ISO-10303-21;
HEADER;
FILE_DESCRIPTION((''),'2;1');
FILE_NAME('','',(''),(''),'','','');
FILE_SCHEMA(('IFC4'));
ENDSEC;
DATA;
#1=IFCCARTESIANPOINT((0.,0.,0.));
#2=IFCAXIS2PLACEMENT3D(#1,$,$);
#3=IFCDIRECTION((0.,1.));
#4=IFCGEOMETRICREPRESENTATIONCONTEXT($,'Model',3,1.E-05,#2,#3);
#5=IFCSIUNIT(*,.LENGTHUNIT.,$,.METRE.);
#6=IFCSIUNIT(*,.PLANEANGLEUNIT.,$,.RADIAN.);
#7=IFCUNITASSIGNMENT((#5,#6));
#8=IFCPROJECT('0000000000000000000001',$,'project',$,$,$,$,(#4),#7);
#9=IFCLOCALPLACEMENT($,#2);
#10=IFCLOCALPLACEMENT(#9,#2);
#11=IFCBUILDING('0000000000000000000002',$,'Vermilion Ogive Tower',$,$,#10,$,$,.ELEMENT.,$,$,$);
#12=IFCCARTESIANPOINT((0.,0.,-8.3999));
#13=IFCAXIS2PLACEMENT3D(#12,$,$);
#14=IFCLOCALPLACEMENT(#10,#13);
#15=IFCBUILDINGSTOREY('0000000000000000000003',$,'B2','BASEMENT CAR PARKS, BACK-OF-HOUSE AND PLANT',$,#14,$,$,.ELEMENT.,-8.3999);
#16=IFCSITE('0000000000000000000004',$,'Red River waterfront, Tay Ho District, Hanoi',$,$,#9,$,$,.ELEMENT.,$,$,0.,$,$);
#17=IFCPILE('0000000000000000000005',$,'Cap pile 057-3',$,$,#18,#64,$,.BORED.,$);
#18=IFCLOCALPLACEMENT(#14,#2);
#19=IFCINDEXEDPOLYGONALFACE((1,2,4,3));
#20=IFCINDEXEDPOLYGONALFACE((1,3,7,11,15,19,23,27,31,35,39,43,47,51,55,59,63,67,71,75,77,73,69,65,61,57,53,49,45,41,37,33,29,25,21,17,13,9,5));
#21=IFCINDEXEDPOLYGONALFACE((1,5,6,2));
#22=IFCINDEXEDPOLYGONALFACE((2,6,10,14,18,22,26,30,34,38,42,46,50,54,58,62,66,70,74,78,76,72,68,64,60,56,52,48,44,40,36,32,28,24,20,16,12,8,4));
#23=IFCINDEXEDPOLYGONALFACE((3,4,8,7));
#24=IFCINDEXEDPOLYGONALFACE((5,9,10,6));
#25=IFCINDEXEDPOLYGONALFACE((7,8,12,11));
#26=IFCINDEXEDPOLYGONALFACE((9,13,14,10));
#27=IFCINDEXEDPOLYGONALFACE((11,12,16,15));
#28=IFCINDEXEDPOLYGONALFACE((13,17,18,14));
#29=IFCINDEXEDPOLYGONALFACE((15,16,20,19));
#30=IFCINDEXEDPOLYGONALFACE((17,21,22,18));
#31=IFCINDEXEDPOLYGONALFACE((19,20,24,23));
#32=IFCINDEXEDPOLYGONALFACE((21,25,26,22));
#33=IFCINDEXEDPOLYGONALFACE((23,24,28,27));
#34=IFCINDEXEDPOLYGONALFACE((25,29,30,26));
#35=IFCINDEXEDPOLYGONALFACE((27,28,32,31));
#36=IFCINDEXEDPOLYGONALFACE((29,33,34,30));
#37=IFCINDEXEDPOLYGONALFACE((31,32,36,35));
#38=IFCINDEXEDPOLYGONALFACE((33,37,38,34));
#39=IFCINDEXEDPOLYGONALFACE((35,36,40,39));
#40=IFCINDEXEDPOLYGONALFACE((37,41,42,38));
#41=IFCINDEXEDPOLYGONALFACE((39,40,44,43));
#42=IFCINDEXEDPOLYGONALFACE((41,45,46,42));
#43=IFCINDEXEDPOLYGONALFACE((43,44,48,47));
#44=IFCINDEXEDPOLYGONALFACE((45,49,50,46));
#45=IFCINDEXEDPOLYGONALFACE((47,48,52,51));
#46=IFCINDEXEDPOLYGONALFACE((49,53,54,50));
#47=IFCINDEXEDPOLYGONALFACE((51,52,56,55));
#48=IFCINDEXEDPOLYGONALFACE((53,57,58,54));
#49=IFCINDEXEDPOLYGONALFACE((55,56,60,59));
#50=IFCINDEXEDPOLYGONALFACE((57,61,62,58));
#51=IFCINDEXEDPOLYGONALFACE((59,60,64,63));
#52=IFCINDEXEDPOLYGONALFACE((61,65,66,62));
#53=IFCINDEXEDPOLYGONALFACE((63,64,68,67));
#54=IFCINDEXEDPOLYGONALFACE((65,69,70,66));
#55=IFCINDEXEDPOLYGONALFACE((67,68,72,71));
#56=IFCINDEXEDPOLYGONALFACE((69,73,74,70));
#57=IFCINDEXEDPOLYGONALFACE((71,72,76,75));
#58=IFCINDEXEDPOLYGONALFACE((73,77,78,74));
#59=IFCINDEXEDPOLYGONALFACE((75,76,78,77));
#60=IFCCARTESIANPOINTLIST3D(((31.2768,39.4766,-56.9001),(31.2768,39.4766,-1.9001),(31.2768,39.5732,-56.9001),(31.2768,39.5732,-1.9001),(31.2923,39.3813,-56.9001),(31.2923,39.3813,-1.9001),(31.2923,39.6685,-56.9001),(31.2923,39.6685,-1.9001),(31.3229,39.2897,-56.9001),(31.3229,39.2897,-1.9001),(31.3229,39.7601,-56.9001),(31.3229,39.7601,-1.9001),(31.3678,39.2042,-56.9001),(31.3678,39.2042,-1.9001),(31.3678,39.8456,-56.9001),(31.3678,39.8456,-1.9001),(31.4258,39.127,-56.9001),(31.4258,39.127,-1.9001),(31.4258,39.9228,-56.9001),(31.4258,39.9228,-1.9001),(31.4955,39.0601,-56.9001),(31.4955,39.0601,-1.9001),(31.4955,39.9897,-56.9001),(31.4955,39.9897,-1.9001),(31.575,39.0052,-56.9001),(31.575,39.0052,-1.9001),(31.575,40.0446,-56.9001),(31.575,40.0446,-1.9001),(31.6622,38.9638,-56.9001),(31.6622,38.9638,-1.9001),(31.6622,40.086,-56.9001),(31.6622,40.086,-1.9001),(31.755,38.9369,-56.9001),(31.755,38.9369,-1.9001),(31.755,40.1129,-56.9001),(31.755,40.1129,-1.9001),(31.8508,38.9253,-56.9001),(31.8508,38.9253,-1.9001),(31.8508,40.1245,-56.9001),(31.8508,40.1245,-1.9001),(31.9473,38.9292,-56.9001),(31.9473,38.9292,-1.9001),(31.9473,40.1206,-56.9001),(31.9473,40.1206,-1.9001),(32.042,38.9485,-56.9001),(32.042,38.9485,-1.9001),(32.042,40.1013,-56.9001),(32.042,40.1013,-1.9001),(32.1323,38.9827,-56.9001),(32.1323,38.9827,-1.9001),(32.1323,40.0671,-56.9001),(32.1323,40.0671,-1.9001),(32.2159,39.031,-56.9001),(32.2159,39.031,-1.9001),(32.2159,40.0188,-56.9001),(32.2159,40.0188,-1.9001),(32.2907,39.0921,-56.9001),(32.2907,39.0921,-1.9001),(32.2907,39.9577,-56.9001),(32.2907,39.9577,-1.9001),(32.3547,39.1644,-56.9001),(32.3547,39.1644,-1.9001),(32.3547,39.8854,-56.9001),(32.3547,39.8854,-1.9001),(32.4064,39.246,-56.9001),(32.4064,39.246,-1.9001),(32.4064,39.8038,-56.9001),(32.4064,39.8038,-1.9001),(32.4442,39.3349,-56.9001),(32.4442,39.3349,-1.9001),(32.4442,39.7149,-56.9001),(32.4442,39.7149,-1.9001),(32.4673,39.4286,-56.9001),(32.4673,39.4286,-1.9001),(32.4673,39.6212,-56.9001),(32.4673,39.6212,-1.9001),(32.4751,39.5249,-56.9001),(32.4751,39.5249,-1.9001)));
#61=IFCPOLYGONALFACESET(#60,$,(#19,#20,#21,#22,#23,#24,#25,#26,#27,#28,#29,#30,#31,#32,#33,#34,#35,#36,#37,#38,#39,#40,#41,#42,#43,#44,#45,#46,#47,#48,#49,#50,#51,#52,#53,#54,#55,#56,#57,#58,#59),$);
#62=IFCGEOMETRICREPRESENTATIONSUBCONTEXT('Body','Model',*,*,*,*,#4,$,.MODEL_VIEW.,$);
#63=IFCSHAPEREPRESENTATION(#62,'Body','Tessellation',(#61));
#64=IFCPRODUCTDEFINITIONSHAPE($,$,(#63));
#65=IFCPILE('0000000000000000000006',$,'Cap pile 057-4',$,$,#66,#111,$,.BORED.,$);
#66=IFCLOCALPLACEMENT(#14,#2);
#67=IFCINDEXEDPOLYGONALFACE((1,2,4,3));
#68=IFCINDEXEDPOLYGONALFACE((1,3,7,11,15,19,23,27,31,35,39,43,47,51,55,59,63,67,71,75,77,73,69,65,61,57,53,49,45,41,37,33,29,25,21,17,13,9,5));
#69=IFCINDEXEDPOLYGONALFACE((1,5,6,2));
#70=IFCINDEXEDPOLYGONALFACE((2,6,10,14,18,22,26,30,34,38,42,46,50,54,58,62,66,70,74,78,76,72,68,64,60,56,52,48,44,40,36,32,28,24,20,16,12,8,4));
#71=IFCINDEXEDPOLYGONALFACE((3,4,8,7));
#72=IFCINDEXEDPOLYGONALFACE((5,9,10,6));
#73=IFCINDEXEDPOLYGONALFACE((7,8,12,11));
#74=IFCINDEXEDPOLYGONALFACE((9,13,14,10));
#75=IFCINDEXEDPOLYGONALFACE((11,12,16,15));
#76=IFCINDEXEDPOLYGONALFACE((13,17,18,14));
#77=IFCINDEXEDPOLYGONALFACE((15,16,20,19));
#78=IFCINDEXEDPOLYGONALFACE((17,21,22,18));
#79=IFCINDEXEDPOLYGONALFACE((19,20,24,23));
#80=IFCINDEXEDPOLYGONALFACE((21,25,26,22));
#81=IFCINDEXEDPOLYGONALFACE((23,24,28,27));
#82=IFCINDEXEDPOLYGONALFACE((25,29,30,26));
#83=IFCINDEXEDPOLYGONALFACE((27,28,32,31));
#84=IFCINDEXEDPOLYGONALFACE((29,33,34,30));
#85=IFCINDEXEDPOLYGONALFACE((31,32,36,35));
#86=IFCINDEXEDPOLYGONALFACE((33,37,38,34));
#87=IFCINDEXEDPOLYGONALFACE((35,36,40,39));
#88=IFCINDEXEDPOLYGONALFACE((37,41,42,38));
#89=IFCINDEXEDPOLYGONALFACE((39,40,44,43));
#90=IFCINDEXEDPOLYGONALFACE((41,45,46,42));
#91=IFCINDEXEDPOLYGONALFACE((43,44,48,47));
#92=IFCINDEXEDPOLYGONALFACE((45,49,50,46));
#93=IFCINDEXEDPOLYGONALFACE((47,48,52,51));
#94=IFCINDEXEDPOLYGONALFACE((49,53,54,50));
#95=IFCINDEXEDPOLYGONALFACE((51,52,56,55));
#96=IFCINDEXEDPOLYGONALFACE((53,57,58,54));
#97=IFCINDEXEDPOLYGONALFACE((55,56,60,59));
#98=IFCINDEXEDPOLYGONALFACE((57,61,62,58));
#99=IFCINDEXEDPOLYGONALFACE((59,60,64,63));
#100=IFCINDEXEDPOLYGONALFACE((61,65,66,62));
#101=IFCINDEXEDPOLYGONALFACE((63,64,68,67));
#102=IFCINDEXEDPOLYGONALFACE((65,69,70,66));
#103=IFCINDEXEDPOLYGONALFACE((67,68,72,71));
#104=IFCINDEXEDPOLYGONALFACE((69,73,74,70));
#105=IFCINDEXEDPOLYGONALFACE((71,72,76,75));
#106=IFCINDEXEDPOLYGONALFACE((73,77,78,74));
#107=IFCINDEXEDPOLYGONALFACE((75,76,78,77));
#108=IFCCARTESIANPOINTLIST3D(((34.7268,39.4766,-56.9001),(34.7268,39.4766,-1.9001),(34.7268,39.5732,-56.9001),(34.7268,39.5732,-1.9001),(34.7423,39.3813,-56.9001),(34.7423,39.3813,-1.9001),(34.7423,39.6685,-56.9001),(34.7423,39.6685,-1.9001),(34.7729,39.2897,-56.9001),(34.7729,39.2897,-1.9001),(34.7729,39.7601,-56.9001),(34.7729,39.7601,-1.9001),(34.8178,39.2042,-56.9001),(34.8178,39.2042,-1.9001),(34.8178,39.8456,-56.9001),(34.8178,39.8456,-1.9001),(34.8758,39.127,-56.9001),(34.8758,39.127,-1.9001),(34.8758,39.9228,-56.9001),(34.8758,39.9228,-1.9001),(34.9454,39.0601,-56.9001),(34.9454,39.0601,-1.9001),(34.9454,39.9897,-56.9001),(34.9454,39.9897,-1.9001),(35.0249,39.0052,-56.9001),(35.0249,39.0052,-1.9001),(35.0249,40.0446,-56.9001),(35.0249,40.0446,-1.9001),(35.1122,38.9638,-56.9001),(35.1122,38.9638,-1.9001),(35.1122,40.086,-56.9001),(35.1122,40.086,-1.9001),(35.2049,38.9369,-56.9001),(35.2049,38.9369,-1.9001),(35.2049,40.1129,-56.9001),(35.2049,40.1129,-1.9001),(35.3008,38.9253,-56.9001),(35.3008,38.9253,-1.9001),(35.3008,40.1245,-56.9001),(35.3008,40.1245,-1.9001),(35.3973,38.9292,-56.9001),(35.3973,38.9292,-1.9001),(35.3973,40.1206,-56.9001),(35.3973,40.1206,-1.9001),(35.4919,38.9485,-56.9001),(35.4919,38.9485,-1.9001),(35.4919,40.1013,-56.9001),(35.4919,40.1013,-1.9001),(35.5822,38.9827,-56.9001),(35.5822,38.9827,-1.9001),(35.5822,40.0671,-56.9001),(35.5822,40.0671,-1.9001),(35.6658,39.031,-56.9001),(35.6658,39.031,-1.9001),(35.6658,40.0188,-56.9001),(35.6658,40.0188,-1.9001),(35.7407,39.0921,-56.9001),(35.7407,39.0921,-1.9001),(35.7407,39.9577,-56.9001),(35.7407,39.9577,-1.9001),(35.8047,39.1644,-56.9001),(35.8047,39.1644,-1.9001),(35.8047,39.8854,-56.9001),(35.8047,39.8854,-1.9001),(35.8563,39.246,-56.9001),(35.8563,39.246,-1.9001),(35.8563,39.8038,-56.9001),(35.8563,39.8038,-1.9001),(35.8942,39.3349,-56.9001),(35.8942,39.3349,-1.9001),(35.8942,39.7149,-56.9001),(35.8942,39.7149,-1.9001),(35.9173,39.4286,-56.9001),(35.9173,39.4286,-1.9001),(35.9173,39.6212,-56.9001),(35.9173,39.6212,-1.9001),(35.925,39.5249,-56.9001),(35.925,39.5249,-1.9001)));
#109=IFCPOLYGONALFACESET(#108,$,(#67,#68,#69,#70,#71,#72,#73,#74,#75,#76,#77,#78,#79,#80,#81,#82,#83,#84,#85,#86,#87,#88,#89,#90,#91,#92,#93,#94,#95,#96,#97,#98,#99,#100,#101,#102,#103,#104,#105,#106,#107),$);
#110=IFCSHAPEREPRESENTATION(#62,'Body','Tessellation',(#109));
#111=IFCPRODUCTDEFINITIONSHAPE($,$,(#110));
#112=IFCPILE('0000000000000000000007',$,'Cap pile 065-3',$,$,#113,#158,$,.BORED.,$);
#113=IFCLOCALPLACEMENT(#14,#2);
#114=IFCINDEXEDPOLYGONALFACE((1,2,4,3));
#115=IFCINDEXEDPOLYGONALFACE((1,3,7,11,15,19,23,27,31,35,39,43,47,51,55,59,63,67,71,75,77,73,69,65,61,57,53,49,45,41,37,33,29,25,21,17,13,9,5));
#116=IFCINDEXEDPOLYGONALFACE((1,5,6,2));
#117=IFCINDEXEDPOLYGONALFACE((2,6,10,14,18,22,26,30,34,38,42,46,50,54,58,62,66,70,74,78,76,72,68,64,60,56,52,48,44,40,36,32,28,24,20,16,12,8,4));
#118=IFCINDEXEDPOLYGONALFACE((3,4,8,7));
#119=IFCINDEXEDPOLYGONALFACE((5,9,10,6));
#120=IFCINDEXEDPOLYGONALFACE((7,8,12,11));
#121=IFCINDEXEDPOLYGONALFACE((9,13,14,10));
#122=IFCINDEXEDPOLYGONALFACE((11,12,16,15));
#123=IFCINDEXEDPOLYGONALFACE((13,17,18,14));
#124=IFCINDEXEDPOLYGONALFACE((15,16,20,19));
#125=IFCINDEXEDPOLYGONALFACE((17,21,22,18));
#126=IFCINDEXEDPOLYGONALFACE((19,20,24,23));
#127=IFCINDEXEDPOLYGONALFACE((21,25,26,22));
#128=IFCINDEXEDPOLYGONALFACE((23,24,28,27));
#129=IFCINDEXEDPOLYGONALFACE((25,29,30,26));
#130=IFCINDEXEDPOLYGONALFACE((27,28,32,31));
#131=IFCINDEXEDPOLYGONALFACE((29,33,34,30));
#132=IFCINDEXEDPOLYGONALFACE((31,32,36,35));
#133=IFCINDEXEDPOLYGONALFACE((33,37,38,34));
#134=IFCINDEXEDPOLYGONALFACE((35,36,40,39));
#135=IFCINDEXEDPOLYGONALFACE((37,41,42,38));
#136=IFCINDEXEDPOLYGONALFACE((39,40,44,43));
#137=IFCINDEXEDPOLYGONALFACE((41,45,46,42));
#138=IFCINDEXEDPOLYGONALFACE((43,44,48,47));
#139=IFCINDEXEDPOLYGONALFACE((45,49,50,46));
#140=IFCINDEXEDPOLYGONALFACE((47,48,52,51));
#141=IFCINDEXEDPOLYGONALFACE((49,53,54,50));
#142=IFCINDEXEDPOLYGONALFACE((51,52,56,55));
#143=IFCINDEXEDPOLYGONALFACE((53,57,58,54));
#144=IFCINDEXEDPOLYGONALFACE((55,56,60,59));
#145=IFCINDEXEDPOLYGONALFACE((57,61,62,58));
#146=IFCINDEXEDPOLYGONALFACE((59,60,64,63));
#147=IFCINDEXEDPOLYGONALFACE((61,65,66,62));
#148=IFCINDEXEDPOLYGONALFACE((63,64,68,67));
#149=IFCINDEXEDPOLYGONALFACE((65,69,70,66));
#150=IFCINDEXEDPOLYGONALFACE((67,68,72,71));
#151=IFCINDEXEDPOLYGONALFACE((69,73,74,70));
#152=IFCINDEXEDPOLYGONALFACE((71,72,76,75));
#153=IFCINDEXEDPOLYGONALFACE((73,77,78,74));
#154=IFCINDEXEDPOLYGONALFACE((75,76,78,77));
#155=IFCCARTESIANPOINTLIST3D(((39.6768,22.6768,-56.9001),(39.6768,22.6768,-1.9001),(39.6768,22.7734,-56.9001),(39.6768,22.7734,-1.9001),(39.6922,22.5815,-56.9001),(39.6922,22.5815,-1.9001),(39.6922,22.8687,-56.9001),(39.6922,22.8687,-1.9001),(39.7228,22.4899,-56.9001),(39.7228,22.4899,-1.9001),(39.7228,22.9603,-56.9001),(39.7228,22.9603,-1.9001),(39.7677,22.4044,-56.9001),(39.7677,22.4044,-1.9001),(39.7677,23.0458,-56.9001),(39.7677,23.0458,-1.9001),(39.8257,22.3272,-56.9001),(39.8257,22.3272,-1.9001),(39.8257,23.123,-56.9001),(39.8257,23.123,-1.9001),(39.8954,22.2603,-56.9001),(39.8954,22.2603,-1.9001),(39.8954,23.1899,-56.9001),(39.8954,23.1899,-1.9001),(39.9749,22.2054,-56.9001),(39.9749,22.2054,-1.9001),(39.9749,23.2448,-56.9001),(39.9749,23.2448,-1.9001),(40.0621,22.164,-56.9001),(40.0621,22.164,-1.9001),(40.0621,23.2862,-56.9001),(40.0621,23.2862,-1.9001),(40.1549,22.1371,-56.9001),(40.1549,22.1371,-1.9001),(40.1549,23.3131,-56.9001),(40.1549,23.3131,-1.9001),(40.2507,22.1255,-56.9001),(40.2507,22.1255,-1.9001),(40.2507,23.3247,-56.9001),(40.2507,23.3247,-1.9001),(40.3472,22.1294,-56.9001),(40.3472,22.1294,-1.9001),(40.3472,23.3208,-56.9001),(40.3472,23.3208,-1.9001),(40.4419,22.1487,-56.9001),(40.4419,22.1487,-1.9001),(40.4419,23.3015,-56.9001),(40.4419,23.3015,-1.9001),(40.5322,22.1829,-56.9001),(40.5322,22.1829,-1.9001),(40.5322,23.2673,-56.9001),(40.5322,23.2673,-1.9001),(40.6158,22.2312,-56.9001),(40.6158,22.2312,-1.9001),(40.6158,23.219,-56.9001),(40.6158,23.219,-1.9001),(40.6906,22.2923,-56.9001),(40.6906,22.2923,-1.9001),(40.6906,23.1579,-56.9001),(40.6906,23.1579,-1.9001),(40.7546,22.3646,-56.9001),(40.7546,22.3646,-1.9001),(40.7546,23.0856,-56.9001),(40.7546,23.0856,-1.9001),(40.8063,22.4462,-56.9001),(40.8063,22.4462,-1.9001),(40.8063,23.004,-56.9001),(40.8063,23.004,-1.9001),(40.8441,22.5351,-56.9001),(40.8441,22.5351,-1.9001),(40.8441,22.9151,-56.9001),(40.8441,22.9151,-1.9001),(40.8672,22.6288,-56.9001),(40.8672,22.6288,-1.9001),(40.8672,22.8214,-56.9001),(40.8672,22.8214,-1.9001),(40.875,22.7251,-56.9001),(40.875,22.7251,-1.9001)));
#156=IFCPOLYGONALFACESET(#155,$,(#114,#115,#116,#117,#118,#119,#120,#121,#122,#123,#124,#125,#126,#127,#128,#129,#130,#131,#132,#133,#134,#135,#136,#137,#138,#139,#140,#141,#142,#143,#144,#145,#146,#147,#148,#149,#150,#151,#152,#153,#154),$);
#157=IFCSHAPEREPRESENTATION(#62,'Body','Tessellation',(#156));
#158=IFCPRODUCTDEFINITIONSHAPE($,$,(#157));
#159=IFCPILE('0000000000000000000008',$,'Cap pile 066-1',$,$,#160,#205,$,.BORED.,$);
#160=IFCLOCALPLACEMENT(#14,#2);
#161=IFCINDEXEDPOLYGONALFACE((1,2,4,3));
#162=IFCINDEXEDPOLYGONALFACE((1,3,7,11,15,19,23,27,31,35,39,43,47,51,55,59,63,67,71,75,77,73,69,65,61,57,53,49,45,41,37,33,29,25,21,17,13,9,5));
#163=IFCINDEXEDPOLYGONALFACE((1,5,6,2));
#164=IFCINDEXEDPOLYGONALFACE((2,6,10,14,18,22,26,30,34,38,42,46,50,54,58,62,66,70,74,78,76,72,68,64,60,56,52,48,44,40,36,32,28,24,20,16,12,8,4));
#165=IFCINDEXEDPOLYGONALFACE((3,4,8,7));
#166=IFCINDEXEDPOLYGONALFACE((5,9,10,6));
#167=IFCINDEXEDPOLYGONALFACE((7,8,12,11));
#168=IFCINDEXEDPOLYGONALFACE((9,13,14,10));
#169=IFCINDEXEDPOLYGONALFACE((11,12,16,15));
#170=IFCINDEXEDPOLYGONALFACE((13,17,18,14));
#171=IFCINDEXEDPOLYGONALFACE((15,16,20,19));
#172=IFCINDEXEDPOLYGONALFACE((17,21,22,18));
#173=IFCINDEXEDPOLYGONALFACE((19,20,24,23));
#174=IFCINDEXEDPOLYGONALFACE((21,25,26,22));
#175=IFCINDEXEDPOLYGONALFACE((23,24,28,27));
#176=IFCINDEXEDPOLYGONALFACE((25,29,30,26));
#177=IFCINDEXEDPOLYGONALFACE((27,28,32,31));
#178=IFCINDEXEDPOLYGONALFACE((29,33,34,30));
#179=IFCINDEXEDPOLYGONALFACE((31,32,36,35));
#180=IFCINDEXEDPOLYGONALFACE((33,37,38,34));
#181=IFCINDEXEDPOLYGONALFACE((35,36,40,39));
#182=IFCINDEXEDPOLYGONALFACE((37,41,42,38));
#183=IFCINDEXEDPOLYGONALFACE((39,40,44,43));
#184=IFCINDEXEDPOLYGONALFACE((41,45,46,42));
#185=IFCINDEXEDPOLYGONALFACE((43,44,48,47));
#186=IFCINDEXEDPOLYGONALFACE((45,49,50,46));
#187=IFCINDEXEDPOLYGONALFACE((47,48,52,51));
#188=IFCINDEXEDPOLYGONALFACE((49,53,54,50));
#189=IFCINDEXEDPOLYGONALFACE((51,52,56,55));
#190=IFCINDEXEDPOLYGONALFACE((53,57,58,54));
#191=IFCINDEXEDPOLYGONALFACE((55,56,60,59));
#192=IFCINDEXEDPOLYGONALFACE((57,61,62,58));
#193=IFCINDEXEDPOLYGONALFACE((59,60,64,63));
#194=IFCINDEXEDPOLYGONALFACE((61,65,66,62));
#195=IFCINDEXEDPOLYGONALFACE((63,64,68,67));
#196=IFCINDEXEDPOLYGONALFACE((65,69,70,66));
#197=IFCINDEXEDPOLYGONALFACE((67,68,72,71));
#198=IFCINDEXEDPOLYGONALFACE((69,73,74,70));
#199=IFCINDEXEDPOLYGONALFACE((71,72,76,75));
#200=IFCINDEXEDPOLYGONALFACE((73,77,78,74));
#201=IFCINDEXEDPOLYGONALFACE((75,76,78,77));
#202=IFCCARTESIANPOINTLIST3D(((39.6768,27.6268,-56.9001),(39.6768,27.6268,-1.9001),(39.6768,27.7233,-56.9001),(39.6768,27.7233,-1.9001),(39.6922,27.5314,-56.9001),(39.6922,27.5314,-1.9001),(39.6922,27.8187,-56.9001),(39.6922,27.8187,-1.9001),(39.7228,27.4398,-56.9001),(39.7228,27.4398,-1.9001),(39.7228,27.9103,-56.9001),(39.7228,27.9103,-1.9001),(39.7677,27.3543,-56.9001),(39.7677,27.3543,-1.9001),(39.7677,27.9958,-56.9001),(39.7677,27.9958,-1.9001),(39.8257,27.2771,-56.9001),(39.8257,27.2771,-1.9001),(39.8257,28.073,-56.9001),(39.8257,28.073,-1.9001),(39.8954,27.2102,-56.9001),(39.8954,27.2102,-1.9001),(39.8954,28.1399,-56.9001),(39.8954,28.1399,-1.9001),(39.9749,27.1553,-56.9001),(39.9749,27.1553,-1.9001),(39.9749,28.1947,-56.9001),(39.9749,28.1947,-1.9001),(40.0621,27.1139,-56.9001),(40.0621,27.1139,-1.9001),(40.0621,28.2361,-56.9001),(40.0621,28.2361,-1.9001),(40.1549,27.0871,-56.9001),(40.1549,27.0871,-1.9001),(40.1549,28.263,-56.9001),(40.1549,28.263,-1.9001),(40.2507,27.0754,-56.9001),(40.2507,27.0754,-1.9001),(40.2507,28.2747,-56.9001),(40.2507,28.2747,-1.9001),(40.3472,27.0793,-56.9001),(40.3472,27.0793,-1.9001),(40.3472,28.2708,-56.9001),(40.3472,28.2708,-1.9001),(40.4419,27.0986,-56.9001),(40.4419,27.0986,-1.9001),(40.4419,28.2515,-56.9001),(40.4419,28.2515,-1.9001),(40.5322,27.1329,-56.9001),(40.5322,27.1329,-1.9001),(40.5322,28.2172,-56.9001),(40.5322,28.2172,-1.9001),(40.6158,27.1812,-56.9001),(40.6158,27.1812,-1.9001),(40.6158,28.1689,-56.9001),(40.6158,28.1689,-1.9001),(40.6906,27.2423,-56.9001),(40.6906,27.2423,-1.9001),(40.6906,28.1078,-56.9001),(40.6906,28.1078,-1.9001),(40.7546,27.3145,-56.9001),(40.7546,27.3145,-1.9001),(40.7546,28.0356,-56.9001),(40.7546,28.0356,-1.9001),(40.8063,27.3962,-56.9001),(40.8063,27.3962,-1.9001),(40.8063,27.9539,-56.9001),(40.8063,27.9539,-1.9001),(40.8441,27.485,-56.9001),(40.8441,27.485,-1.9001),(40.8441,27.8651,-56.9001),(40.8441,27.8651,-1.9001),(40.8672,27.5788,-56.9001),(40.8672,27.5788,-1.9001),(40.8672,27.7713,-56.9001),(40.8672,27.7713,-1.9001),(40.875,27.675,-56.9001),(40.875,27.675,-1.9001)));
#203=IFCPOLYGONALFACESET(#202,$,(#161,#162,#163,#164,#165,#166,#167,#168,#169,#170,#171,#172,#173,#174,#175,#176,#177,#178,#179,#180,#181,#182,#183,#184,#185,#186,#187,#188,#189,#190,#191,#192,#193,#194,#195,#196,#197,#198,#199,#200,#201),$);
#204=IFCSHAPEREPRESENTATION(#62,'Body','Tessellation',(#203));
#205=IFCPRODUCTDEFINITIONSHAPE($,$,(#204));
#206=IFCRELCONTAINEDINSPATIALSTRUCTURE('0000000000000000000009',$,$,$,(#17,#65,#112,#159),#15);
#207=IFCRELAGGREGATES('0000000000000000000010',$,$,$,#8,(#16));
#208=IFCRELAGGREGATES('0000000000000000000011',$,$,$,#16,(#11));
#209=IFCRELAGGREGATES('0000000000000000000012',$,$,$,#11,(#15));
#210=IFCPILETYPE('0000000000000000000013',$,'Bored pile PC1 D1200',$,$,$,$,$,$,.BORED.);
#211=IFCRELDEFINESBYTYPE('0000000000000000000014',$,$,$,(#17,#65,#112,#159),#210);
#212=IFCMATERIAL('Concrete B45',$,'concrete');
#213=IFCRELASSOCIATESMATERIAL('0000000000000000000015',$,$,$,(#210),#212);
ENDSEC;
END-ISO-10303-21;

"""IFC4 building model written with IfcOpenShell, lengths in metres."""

from ifc_helpers import new_model, si_unit, direction, frame, origin, origin_2d, place, context, subcontext, project, spatial, circle, extrude, material, type_object, element, save


model = new_model("IFC4")

# Units and contexts
model_context = context("Model", 3, precision=1e-05, world=origin(), true_north=direction((0.0, 1.0)))
body_context = subcontext(model_context, "Body", "Model", "MODEL_VIEW")
ifc_project = project(units=[si_unit("LENGTHUNIT", "METRE"), si_unit("PLANEANGLEUNIT", "RADIAN")], contexts=[model_context])

# Site, building, storey
site_placement = place(None, origin())
site = spatial("IfcSite", under=ifc_project, at=site_placement, Name="Red River waterfront, Tay Ho District, Hanoi", CompositionType="ELEMENT", RefElevation=0.0)
building_placement = place(site_placement, origin())
building = spatial("IfcBuilding", under=site, at=building_placement, Name="Vermilion Ogive Tower", CompositionType="ELEMENT")
storey_placement = place(building_placement, frame((0.0, 0.0, -8.3999)))
storey = spatial("IfcBuildingStorey", under=building, at=storey_placement, Name="B2", Description="BASEMENT CAR PARKS, BACK-OF-HOUSE AND PLANT", CompositionType="ELEMENT", Elevation=-8.3999)

# Piles
ifc_material_1 = material(Name="Concrete B45", Category="concrete")
pile_type_1 = type_object("IfcPileType", Name="Bored pile PC1 D1200", PredefinedType="BORED", material=ifc_material_1)
for number, where, z_axis, x_axis, name in (
    (1, (31.875, 39.5249, -1.9001), (0.0, 0.0, -1.0), (1.0, 0.0, 0.0), "Cap pile 057-3"),
    (2, (35.325, 39.5249, -1.9001), (0.0, 0.0, -1.0), (1.0, 0.0, 0.0), "Cap pile 057-4"),
    (3, (40.2749, 22.7251, -1.9001), (0.0, 0.0, -1.0), (1.0, 0.0, 0.0), "Cap pile 065-3"),
    (4, (40.2749, 27.675, -1.9001), (0.0, 0.0, -1.0), (1.0, 0.0, 0.0), "Cap pile 066-1"),
):
    element("IfcPile", number, at=place(storey_placement, frame(where, z_axis=z_axis, x_axis=x_axis)), inside=storey, type_object=pile_type_1, Name=name, PredefinedType="BORED", context=body_context, shape_type="SweptSolid", body=[
        extrude(circle(Radius=0.6001, at=origin_2d()), origin(), (0.0, 0.0, 1.0), 55.0),
    ])

save(model, "model.ifc")
